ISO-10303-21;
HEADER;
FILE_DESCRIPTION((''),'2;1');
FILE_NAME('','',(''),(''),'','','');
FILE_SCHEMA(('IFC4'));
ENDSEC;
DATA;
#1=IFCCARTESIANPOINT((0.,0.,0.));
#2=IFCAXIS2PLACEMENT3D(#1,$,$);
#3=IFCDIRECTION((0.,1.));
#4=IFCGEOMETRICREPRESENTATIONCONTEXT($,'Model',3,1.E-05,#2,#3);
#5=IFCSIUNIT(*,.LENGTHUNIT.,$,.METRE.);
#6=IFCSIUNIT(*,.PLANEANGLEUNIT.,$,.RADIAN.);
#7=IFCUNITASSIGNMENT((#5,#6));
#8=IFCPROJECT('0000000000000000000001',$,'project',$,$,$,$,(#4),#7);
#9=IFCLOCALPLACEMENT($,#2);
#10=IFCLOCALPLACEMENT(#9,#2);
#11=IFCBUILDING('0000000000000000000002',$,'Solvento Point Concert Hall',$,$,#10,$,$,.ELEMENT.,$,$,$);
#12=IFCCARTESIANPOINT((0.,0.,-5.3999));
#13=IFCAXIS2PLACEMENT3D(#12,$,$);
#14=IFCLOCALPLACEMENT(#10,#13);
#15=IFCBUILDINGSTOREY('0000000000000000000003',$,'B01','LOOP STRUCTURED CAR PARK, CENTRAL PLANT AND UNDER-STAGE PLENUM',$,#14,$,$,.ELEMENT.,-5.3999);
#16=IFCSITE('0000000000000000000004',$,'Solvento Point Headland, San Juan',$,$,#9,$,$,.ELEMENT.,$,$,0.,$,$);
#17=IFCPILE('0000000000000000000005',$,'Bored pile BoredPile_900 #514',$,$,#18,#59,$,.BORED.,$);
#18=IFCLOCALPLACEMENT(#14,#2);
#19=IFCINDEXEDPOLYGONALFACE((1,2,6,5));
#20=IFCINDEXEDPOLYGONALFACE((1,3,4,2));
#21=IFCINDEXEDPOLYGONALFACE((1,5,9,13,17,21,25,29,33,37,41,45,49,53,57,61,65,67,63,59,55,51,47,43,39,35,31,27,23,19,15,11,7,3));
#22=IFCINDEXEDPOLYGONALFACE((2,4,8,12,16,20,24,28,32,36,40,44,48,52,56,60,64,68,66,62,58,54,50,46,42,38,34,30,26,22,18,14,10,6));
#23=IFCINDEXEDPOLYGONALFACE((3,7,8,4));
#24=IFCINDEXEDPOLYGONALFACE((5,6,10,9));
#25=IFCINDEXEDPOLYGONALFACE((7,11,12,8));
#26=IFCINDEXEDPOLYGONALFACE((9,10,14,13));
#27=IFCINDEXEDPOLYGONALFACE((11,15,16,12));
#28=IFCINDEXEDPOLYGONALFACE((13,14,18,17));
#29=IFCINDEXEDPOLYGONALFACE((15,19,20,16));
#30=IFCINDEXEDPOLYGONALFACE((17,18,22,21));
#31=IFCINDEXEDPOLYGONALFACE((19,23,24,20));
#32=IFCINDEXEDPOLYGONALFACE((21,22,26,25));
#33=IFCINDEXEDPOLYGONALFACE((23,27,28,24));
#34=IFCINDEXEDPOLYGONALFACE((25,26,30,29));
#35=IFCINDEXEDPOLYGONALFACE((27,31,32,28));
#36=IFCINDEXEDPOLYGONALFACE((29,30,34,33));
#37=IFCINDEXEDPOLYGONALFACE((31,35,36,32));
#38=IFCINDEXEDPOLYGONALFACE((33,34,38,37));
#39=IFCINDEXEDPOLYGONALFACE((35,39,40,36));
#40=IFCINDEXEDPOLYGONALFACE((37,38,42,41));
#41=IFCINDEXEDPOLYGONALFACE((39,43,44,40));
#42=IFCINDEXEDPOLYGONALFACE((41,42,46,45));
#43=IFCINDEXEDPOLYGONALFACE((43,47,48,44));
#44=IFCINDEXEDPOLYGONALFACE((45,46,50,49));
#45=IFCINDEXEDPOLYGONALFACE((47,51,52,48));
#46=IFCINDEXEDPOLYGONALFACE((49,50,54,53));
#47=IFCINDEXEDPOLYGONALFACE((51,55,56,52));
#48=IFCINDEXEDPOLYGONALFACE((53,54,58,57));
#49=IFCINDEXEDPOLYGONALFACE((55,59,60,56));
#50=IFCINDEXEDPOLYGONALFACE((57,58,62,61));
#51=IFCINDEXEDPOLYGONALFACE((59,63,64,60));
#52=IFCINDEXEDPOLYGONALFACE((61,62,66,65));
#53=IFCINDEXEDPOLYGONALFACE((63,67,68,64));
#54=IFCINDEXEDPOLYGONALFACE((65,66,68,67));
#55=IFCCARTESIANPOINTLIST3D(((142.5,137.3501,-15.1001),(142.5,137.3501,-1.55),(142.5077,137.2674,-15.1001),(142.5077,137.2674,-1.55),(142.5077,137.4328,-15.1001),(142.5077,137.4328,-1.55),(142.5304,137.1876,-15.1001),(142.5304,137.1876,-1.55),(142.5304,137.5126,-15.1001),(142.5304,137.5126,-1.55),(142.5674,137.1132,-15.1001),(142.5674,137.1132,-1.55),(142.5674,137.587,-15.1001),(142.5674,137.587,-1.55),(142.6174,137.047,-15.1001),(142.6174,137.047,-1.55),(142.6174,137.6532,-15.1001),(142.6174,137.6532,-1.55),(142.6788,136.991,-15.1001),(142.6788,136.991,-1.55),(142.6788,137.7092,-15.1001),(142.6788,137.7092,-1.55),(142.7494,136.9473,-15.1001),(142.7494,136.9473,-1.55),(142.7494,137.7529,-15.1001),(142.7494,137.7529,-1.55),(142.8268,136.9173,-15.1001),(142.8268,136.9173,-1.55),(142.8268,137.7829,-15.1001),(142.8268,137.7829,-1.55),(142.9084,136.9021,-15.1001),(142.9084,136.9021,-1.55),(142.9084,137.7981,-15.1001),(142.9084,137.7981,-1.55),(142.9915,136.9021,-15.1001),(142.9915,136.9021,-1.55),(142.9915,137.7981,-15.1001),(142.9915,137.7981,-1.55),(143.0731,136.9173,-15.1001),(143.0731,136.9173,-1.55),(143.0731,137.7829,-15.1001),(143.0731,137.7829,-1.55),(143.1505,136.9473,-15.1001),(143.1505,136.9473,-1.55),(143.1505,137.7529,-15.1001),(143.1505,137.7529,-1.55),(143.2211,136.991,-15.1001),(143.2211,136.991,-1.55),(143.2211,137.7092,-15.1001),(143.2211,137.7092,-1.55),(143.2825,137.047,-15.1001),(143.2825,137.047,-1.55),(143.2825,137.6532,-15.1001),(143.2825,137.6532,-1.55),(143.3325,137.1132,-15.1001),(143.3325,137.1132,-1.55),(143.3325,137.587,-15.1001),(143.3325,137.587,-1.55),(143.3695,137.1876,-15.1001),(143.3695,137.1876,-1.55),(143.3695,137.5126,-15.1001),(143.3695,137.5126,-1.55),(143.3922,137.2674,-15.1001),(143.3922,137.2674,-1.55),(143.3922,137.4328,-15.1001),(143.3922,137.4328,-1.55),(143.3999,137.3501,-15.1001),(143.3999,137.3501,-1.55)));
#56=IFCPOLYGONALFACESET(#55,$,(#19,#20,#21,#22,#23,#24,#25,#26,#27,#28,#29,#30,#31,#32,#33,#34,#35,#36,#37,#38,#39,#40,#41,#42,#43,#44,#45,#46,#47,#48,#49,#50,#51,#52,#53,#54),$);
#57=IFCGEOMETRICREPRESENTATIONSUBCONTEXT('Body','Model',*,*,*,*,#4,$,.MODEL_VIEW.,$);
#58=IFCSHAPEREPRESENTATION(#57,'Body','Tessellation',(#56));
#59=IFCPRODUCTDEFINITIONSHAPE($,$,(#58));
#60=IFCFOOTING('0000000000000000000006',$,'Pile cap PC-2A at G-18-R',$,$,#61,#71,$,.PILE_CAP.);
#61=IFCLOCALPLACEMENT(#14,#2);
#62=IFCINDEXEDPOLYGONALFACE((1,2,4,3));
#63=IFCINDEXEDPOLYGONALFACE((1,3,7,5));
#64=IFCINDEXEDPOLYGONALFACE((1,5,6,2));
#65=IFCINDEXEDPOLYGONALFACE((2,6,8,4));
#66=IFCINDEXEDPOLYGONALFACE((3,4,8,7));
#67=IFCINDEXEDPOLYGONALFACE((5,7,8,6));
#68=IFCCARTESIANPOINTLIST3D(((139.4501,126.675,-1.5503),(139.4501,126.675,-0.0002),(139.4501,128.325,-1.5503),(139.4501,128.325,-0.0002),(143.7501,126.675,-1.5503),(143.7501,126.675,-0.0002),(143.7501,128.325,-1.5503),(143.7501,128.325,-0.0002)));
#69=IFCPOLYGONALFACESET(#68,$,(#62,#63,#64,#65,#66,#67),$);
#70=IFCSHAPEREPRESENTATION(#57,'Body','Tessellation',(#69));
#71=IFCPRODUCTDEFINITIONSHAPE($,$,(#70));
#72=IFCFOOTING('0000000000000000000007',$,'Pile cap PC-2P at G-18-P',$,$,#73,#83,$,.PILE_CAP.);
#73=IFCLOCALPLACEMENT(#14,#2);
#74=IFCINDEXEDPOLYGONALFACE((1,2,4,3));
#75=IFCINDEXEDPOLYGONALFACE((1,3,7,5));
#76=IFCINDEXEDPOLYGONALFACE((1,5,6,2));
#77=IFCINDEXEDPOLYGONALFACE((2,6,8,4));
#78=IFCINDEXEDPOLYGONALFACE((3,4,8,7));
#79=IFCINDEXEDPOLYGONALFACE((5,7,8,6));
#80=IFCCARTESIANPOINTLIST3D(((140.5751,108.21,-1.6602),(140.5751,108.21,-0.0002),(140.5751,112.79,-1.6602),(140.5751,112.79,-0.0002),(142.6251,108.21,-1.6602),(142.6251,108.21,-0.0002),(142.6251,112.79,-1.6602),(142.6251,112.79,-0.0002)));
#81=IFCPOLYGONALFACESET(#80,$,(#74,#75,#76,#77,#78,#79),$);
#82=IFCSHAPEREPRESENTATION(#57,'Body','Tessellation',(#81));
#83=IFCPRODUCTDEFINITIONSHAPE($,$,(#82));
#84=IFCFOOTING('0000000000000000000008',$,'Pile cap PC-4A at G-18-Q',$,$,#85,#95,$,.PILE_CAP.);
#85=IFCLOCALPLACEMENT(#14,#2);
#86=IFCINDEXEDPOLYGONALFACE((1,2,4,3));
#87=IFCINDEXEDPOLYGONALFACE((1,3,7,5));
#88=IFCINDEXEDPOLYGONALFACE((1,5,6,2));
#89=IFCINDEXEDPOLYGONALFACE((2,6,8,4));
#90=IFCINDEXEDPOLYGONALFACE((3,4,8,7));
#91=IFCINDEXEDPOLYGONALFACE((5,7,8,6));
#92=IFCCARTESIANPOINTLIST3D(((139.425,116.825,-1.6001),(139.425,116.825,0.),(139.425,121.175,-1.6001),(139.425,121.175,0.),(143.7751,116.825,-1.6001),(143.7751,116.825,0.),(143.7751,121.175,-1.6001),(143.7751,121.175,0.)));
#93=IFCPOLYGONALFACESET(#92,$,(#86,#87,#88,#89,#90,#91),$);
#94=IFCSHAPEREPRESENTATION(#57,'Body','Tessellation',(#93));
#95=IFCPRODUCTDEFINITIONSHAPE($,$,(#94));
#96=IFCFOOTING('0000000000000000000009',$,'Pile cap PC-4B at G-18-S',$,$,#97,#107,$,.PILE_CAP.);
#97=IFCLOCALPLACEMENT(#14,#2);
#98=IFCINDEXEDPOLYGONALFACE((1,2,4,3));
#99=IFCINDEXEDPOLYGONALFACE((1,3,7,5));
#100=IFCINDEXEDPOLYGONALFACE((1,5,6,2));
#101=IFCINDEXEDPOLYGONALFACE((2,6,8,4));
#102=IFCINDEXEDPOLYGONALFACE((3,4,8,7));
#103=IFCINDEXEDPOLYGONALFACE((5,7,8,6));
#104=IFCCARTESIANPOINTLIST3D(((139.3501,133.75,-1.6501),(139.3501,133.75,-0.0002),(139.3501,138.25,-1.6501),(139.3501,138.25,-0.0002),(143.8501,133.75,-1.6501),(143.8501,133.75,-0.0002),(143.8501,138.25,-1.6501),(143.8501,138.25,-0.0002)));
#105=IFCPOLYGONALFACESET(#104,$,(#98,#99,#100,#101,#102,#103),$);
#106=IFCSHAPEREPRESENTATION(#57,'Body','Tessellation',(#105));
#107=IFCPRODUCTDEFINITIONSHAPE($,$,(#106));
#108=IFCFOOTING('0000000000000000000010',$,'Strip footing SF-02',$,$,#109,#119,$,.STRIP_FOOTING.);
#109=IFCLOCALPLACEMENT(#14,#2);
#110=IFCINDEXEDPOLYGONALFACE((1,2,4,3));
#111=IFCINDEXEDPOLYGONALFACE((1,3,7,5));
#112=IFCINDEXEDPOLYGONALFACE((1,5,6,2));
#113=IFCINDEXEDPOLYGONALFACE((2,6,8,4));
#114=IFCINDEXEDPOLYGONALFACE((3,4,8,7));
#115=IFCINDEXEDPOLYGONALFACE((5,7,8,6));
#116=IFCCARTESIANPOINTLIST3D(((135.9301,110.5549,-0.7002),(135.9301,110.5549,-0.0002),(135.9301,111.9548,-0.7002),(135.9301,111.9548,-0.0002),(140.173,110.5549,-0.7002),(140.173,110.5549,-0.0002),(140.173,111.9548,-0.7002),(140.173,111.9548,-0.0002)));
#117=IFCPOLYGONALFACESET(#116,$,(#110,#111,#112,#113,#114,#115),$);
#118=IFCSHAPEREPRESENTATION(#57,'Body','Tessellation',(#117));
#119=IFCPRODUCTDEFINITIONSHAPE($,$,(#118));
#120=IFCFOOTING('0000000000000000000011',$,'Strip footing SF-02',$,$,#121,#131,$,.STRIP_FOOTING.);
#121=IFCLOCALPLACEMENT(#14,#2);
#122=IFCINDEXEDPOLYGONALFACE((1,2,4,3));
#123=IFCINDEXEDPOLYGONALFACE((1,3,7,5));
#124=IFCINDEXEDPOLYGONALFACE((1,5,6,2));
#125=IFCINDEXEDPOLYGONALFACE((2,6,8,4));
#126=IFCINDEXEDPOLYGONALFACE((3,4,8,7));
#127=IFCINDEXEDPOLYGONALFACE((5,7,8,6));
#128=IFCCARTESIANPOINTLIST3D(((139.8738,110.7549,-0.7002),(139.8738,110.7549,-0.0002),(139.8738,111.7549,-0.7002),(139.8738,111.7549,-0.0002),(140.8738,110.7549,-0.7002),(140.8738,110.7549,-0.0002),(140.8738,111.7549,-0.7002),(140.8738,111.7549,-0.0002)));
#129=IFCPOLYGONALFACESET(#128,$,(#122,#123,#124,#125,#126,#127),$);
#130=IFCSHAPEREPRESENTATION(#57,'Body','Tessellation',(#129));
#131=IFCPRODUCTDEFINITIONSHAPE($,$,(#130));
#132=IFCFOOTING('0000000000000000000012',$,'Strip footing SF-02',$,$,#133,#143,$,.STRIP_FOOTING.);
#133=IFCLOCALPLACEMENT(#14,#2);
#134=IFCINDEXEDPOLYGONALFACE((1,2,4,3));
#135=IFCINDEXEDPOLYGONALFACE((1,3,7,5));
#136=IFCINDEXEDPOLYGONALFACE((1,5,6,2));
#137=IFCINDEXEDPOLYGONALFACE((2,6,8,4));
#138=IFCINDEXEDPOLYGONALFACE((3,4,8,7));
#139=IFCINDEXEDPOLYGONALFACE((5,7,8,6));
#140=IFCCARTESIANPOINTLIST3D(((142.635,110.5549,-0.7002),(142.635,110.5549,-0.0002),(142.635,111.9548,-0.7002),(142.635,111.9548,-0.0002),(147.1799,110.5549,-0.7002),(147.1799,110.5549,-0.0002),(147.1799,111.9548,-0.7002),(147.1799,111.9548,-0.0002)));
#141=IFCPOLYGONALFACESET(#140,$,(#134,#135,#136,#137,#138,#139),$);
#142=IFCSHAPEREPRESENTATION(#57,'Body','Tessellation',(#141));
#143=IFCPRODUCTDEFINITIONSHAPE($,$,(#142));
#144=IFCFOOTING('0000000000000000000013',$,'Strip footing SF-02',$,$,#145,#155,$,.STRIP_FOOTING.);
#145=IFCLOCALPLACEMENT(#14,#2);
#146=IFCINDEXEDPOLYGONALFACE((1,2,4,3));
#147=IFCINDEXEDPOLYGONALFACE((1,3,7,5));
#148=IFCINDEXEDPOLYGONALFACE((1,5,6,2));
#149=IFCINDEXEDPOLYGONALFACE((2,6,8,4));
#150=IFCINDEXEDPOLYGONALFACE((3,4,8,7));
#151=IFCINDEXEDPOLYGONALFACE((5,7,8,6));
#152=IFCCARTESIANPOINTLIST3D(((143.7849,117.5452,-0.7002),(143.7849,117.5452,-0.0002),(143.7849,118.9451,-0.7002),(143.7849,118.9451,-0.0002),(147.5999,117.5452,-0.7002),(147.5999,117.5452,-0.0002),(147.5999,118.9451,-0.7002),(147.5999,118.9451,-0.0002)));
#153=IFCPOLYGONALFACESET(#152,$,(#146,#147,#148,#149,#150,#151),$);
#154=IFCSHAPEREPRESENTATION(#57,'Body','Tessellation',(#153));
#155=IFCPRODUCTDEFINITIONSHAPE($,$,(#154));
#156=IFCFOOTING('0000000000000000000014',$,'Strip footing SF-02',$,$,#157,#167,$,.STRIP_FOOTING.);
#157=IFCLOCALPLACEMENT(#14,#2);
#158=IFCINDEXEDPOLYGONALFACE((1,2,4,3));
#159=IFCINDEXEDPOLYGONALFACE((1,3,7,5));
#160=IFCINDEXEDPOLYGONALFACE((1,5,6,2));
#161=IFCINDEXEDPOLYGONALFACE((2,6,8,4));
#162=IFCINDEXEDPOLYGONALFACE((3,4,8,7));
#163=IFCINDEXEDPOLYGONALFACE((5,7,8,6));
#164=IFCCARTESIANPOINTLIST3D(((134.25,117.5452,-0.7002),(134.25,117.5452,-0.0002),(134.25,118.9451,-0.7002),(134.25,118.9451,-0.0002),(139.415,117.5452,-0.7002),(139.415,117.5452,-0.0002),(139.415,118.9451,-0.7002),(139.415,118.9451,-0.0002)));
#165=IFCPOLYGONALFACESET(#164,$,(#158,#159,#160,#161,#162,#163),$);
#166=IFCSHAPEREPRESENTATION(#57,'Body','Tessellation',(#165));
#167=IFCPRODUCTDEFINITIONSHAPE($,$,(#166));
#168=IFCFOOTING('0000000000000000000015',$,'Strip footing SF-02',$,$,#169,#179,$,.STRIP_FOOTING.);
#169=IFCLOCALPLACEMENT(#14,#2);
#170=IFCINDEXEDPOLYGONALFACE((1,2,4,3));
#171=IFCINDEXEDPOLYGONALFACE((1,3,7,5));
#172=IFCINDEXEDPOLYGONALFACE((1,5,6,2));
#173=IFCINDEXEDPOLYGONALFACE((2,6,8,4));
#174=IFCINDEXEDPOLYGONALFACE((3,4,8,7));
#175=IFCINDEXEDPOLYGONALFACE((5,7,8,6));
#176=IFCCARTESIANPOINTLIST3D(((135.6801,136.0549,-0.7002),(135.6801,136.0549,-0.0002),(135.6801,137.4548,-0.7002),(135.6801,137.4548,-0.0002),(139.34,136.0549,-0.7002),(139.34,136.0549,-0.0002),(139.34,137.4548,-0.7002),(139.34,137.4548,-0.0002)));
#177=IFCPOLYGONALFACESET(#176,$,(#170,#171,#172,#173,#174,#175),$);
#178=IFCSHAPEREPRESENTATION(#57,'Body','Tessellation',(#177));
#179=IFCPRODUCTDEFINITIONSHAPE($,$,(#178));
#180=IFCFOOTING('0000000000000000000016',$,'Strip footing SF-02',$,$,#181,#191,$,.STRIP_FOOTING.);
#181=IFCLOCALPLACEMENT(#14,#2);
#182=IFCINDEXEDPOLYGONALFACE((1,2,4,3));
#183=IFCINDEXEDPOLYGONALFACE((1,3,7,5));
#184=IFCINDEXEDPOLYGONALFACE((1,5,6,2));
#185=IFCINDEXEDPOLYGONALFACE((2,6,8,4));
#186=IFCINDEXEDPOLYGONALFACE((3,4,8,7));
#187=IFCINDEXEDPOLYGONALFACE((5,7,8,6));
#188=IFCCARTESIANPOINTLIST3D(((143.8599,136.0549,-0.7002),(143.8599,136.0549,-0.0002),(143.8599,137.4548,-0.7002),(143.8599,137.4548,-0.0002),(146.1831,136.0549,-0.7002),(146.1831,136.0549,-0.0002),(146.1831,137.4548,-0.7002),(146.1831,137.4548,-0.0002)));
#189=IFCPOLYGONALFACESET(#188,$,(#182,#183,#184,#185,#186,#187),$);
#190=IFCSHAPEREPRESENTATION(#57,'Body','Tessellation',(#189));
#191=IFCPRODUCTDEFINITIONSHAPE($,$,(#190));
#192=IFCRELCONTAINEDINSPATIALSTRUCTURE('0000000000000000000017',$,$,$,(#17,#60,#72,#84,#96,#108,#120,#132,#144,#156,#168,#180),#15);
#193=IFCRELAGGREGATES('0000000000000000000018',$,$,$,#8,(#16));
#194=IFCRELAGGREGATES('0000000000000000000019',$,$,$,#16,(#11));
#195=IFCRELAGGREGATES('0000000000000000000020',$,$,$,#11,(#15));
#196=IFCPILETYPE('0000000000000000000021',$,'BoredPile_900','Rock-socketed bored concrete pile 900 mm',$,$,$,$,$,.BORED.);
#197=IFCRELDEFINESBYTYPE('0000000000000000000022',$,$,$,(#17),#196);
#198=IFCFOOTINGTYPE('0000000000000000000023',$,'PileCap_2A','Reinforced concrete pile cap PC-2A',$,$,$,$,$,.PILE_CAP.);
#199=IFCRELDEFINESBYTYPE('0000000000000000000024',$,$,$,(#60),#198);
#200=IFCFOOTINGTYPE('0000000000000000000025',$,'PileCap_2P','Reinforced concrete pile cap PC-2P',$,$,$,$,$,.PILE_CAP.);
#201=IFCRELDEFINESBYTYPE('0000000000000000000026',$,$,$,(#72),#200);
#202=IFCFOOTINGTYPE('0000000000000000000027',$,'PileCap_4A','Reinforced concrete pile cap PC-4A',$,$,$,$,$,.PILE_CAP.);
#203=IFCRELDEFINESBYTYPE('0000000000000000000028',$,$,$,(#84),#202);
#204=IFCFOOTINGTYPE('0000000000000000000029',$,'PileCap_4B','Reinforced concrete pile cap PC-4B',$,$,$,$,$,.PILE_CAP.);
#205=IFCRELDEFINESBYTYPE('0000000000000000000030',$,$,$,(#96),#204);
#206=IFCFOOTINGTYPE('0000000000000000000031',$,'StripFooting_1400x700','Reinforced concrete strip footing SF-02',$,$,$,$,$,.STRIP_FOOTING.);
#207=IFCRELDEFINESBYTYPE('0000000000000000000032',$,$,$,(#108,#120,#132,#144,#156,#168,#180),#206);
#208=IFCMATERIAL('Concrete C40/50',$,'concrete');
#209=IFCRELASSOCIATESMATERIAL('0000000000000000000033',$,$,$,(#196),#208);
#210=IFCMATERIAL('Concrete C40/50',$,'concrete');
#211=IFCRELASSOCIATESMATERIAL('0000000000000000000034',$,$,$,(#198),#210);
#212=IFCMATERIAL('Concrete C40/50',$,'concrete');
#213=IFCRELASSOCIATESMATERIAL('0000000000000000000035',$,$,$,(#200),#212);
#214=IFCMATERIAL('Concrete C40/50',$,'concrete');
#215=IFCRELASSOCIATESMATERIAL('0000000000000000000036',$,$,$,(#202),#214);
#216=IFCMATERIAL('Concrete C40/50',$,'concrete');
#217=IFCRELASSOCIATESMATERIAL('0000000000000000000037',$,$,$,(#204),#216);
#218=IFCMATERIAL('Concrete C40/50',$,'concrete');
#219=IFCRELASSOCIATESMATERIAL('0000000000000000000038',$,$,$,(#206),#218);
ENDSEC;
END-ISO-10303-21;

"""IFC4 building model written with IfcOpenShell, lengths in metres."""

from ifc_helpers import new_model, si_unit, direction, frame, origin, origin_2d, place, context, subcontext, project, spatial, rectangle, circle, extrude, material, material_profile, profile_set, type_object, element, save


model = new_model("IFC4")

# Units and contexts
model_context = context("Model", 3, precision=1e-05, world=origin(), true_north=direction((0.0, 1.0)))
body_context = subcontext(model_context, "Body", "Model", "MODEL_VIEW")
ifc_project = project(units=[si_unit("LENGTHUNIT", "METRE"), si_unit("PLANEANGLEUNIT", "RADIAN")], contexts=[model_context])

# Site, building, storey
site_placement = place(None, origin())
site = spatial("IfcSite", under=ifc_project, at=site_placement, Name="Solvento Point Headland, San Juan", CompositionType="ELEMENT", RefElevation=0.0)
building_placement = place(site_placement, origin())
building = spatial("IfcBuilding", under=site, at=building_placement, Name="Solvento Point Concert Hall", CompositionType="ELEMENT")
storey_placement = place(building_placement, frame((0.0, 0.0, -5.3999)))
storey = spatial("IfcBuildingStorey", under=building, at=storey_placement, Name="B01", Description="LOOP STRUCTURED CAR PARK, CENTRAL PLANT AND UNDER-STAGE PLENUM", CompositionType="ELEMENT", Elevation=-5.3999)

# Pile
ifc_material_1 = material(Name="Concrete C40/50", Category="concrete")
ifc_material_profile_1 = material_profile(ifc_material_1, circle(Radius=0.45, at=origin_2d()), Name="BP-900")
ifc_profile_set_1 = profile_set([ifc_material_profile_1], Name="Concrete C40/50")
pile_type_1 = type_object("IfcPileType", Name="BoredPile_900", Description="Rock-socketed bored concrete pile 900 mm", PredefinedType="BORED", material=ifc_profile_set_1)
for number, where, z_axis, x_axis, name in (
    (1, (142.95, 137.3501, -1.55), (0.0, 0.0, -1.0), (1.0, 0.0, 0.0), "Bored pile BoredPile_900 #514"),
):
    element("IfcPile", number, at=place(storey_placement, frame(where, z_axis=z_axis, x_axis=x_axis)), inside=storey, type_object=pile_type_1, Name=name, PredefinedType="BORED", context=body_context, shape_type="SweptSolid", body=[
        extrude(circle(Radius=0.45, at=origin_2d()), origin(), (0.0, 0.0, 1.0), 13.55),
    ])

# Footings
ifc_material_2 = material(Name="Concrete C40/50", Category="concrete")
footing_type_1 = type_object("IfcFootingType", Name="PileCap_2A", Description="Reinforced concrete pile cap PC-2A", PredefinedType="PILE_CAP", material=ifc_material_2)
footing_1_placement = place(storey_placement, frame((141.6001, 127.5, -1.5503), z_axis=(0.0, 0.0, 1.0), x_axis=(1.0, 0.0, 0.0)))
element("IfcFooting", 2, at=footing_1_placement, inside=storey, type_object=footing_type_1, Name="Pile cap PC-2A at G-18-R", PredefinedType="PILE_CAP", context=body_context, shape_type="SweptSolid", body=[
    extrude(rectangle(XDim=4.3, YDim=1.6499, at=origin_2d()), origin(), (0.0, 0.0, 1.0), 1.55),
])
ifc_material_3 = material(Name="Concrete C40/50", Category="concrete")
footing_type_2 = type_object("IfcFootingType", Name="PileCap_2P", Description="Reinforced concrete pile cap PC-2P", PredefinedType="PILE_CAP", material=ifc_material_3)
footing_2_placement = place(storey_placement, frame((141.6001, 110.5, -1.6602), z_axis=(0.0, 0.0, 1.0), x_axis=(1.0, 0.0, 0.0)))
element("IfcFooting", 3, at=footing_2_placement, inside=storey, type_object=footing_type_2, Name="Pile cap PC-2P at G-18-P", PredefinedType="PILE_CAP", context=body_context, shape_type="SweptSolid", body=[
    extrude(rectangle(XDim=2.05, YDim=4.5801, at=origin_2d()), origin(), (0.0, 0.0, 1.0), 1.6599),
])
ifc_material_4 = material(Name="Concrete C40/50", Category="concrete")
footing_type_3 = type_object("IfcFootingType", Name="PileCap_4A", Description="Reinforced concrete pile cap PC-4A", PredefinedType="PILE_CAP", material=ifc_material_4)
footing_3_placement = place(storey_placement, frame((141.6001, 119.0, -1.6001), z_axis=(0.0, 0.0, 1.0), x_axis=(1.0, 0.0, 0.0)))
element("IfcFooting", 4, at=footing_3_placement, inside=storey, type_object=footing_type_3, Name="Pile cap PC-4A at G-18-Q", PredefinedType="PILE_CAP", context=body_context, shape_type="SweptSolid", body=[
    extrude(rectangle(XDim=4.3501, YDim=4.3501, at=origin_2d()), origin(), (0.0, 0.0, 1.0), 1.6001),
])
ifc_material_5 = material(Name="Concrete C40/50", Category="concrete")
footing_type_4 = type_object("IfcFootingType", Name="PileCap_4B", Description="Reinforced concrete pile cap PC-4B", PredefinedType="PILE_CAP", material=ifc_material_5)
footing_4_placement = place(storey_placement, frame((141.6001, 136.0, -1.6501), z_axis=(0.0, 0.0, 1.0), x_axis=(1.0, 0.0, 0.0)))
element("IfcFooting", 5, at=footing_4_placement, inside=storey, type_object=footing_type_4, Name="Pile cap PC-4B at G-18-S", PredefinedType="PILE_CAP", context=body_context, shape_type="SweptSolid", body=[
    extrude(rectangle(XDim=4.5, YDim=4.5, at=origin_2d()), origin(), (0.0, 0.0, 1.0), 1.6499),
])
ifc_material_6 = material(Name="Concrete C40/50", Category="concrete")
footing_type_5 = type_object("IfcFootingType", Name="StripFooting_1400x700", Description="Reinforced concrete strip footing SF-02", PredefinedType="STRIP_FOOTING", material=ifc_material_6)
footing_5_placement = place(storey_placement, frame((138.0515, 111.2549, -0.7002), z_axis=(0.0, 0.0, 1.0), x_axis=(1.0, 0.0, 0.0)))
element("IfcFooting", 6, at=footing_5_placement, inside=storey, type_object=footing_type_5, Name="Strip footing SF-02", PredefinedType="STRIP_FOOTING", context=body_context, shape_type="SweptSolid", body=[
    extrude(rectangle(XDim=4.2429, YDim=1.3999, at=origin_2d()), origin(), (0.0, 0.0, 1.0), 0.7),
])
footing_6_placement = place(storey_placement, frame((140.3738, 111.2549, -0.7002), z_axis=(0.0, 0.0, 1.0), x_axis=(1.0, 0.0, 0.0)))
element("IfcFooting", 7, at=footing_6_placement, inside=storey, type_object=footing_type_5, Name="Strip footing SF-02", PredefinedType="STRIP_FOOTING", context=body_context, shape_type="SweptSolid", body=[
    extrude(rectangle(XDim=1.0, YDim=1.0, at=origin_2d()), origin(), (0.0, 0.0, 1.0), 0.7),
])
footing_7_placement = place(storey_placement, frame((144.9075, 111.2549, -0.7002), z_axis=(0.0, 0.0, 1.0), x_axis=(1.0, 0.0, 0.0)))
element("IfcFooting", 8, at=footing_7_placement, inside=storey, type_object=footing_type_5, Name="Strip footing SF-02", PredefinedType="STRIP_FOOTING", context=body_context, shape_type="SweptSolid", body=[
    extrude(rectangle(XDim=4.5449, YDim=1.3999, at=origin_2d()), origin(), (0.0, 0.0, 1.0), 0.7),
])
footing_8_placement = place(storey_placement, frame((145.6924, 118.2451, -0.7002), z_axis=(0.0, 0.0, 1.0), x_axis=(-1.0, 0.0, 0.0)))
element("IfcFooting", 9, at=footing_8_placement, inside=storey, type_object=footing_type_5, Name="Strip footing SF-02", PredefinedType="STRIP_FOOTING", context=body_context, shape_type="SweptSolid", body=[
    extrude(rectangle(XDim=3.8149, YDim=1.3999, at=origin_2d()), origin(), (0.0, 0.0, 1.0), 0.7),
])
footing_9_placement = place(storey_placement, frame((136.8325, 118.2451, -0.7002), z_axis=(0.0, 0.0, 1.0), x_axis=(-1.0, 0.0, 0.0)))
element("IfcFooting", 10, at=footing_9_placement, inside=storey, type_object=footing_type_5, Name="Strip footing SF-02", PredefinedType="STRIP_FOOTING", context=body_context, shape_type="SweptSolid", body=[
    extrude(rectangle(XDim=5.165, YDim=1.3999, at=origin_2d()), origin(), (0.0, 0.0, 1.0), 0.7),
])
footing_10_placement = place(storey_placement, frame((137.51, 136.7549, -0.7002), z_axis=(0.0, 0.0, 1.0), x_axis=(1.0, 0.0, 0.0)))
element("IfcFooting", 11, at=footing_10_placement, inside=storey, type_object=footing_type_5, Name="Strip footing SF-02", PredefinedType="STRIP_FOOTING", context=body_context, shape_type="SweptSolid", body=[
    extrude(rectangle(XDim=3.6599, YDim=1.3999, at=origin_2d()), origin(), (0.0, 0.0, 1.0), 0.7),
])
footing_11_placement = place(storey_placement, frame((145.0215, 136.7549, -0.7002), z_axis=(0.0, 0.0, 1.0), x_axis=(1.0, 0.0, 0.0)))
element("IfcFooting", 12, at=footing_11_placement, inside=storey, type_object=footing_type_5, Name="Strip footing SF-02", PredefinedType="STRIP_FOOTING", context=body_context, shape_type="SweptSolid", body=[
    extrude(rectangle(XDim=2.3232, YDim=1.3999, at=origin_2d()), origin(), (0.0, 0.0, 1.0), 0.7),
])

save(model, "model.ifc")
